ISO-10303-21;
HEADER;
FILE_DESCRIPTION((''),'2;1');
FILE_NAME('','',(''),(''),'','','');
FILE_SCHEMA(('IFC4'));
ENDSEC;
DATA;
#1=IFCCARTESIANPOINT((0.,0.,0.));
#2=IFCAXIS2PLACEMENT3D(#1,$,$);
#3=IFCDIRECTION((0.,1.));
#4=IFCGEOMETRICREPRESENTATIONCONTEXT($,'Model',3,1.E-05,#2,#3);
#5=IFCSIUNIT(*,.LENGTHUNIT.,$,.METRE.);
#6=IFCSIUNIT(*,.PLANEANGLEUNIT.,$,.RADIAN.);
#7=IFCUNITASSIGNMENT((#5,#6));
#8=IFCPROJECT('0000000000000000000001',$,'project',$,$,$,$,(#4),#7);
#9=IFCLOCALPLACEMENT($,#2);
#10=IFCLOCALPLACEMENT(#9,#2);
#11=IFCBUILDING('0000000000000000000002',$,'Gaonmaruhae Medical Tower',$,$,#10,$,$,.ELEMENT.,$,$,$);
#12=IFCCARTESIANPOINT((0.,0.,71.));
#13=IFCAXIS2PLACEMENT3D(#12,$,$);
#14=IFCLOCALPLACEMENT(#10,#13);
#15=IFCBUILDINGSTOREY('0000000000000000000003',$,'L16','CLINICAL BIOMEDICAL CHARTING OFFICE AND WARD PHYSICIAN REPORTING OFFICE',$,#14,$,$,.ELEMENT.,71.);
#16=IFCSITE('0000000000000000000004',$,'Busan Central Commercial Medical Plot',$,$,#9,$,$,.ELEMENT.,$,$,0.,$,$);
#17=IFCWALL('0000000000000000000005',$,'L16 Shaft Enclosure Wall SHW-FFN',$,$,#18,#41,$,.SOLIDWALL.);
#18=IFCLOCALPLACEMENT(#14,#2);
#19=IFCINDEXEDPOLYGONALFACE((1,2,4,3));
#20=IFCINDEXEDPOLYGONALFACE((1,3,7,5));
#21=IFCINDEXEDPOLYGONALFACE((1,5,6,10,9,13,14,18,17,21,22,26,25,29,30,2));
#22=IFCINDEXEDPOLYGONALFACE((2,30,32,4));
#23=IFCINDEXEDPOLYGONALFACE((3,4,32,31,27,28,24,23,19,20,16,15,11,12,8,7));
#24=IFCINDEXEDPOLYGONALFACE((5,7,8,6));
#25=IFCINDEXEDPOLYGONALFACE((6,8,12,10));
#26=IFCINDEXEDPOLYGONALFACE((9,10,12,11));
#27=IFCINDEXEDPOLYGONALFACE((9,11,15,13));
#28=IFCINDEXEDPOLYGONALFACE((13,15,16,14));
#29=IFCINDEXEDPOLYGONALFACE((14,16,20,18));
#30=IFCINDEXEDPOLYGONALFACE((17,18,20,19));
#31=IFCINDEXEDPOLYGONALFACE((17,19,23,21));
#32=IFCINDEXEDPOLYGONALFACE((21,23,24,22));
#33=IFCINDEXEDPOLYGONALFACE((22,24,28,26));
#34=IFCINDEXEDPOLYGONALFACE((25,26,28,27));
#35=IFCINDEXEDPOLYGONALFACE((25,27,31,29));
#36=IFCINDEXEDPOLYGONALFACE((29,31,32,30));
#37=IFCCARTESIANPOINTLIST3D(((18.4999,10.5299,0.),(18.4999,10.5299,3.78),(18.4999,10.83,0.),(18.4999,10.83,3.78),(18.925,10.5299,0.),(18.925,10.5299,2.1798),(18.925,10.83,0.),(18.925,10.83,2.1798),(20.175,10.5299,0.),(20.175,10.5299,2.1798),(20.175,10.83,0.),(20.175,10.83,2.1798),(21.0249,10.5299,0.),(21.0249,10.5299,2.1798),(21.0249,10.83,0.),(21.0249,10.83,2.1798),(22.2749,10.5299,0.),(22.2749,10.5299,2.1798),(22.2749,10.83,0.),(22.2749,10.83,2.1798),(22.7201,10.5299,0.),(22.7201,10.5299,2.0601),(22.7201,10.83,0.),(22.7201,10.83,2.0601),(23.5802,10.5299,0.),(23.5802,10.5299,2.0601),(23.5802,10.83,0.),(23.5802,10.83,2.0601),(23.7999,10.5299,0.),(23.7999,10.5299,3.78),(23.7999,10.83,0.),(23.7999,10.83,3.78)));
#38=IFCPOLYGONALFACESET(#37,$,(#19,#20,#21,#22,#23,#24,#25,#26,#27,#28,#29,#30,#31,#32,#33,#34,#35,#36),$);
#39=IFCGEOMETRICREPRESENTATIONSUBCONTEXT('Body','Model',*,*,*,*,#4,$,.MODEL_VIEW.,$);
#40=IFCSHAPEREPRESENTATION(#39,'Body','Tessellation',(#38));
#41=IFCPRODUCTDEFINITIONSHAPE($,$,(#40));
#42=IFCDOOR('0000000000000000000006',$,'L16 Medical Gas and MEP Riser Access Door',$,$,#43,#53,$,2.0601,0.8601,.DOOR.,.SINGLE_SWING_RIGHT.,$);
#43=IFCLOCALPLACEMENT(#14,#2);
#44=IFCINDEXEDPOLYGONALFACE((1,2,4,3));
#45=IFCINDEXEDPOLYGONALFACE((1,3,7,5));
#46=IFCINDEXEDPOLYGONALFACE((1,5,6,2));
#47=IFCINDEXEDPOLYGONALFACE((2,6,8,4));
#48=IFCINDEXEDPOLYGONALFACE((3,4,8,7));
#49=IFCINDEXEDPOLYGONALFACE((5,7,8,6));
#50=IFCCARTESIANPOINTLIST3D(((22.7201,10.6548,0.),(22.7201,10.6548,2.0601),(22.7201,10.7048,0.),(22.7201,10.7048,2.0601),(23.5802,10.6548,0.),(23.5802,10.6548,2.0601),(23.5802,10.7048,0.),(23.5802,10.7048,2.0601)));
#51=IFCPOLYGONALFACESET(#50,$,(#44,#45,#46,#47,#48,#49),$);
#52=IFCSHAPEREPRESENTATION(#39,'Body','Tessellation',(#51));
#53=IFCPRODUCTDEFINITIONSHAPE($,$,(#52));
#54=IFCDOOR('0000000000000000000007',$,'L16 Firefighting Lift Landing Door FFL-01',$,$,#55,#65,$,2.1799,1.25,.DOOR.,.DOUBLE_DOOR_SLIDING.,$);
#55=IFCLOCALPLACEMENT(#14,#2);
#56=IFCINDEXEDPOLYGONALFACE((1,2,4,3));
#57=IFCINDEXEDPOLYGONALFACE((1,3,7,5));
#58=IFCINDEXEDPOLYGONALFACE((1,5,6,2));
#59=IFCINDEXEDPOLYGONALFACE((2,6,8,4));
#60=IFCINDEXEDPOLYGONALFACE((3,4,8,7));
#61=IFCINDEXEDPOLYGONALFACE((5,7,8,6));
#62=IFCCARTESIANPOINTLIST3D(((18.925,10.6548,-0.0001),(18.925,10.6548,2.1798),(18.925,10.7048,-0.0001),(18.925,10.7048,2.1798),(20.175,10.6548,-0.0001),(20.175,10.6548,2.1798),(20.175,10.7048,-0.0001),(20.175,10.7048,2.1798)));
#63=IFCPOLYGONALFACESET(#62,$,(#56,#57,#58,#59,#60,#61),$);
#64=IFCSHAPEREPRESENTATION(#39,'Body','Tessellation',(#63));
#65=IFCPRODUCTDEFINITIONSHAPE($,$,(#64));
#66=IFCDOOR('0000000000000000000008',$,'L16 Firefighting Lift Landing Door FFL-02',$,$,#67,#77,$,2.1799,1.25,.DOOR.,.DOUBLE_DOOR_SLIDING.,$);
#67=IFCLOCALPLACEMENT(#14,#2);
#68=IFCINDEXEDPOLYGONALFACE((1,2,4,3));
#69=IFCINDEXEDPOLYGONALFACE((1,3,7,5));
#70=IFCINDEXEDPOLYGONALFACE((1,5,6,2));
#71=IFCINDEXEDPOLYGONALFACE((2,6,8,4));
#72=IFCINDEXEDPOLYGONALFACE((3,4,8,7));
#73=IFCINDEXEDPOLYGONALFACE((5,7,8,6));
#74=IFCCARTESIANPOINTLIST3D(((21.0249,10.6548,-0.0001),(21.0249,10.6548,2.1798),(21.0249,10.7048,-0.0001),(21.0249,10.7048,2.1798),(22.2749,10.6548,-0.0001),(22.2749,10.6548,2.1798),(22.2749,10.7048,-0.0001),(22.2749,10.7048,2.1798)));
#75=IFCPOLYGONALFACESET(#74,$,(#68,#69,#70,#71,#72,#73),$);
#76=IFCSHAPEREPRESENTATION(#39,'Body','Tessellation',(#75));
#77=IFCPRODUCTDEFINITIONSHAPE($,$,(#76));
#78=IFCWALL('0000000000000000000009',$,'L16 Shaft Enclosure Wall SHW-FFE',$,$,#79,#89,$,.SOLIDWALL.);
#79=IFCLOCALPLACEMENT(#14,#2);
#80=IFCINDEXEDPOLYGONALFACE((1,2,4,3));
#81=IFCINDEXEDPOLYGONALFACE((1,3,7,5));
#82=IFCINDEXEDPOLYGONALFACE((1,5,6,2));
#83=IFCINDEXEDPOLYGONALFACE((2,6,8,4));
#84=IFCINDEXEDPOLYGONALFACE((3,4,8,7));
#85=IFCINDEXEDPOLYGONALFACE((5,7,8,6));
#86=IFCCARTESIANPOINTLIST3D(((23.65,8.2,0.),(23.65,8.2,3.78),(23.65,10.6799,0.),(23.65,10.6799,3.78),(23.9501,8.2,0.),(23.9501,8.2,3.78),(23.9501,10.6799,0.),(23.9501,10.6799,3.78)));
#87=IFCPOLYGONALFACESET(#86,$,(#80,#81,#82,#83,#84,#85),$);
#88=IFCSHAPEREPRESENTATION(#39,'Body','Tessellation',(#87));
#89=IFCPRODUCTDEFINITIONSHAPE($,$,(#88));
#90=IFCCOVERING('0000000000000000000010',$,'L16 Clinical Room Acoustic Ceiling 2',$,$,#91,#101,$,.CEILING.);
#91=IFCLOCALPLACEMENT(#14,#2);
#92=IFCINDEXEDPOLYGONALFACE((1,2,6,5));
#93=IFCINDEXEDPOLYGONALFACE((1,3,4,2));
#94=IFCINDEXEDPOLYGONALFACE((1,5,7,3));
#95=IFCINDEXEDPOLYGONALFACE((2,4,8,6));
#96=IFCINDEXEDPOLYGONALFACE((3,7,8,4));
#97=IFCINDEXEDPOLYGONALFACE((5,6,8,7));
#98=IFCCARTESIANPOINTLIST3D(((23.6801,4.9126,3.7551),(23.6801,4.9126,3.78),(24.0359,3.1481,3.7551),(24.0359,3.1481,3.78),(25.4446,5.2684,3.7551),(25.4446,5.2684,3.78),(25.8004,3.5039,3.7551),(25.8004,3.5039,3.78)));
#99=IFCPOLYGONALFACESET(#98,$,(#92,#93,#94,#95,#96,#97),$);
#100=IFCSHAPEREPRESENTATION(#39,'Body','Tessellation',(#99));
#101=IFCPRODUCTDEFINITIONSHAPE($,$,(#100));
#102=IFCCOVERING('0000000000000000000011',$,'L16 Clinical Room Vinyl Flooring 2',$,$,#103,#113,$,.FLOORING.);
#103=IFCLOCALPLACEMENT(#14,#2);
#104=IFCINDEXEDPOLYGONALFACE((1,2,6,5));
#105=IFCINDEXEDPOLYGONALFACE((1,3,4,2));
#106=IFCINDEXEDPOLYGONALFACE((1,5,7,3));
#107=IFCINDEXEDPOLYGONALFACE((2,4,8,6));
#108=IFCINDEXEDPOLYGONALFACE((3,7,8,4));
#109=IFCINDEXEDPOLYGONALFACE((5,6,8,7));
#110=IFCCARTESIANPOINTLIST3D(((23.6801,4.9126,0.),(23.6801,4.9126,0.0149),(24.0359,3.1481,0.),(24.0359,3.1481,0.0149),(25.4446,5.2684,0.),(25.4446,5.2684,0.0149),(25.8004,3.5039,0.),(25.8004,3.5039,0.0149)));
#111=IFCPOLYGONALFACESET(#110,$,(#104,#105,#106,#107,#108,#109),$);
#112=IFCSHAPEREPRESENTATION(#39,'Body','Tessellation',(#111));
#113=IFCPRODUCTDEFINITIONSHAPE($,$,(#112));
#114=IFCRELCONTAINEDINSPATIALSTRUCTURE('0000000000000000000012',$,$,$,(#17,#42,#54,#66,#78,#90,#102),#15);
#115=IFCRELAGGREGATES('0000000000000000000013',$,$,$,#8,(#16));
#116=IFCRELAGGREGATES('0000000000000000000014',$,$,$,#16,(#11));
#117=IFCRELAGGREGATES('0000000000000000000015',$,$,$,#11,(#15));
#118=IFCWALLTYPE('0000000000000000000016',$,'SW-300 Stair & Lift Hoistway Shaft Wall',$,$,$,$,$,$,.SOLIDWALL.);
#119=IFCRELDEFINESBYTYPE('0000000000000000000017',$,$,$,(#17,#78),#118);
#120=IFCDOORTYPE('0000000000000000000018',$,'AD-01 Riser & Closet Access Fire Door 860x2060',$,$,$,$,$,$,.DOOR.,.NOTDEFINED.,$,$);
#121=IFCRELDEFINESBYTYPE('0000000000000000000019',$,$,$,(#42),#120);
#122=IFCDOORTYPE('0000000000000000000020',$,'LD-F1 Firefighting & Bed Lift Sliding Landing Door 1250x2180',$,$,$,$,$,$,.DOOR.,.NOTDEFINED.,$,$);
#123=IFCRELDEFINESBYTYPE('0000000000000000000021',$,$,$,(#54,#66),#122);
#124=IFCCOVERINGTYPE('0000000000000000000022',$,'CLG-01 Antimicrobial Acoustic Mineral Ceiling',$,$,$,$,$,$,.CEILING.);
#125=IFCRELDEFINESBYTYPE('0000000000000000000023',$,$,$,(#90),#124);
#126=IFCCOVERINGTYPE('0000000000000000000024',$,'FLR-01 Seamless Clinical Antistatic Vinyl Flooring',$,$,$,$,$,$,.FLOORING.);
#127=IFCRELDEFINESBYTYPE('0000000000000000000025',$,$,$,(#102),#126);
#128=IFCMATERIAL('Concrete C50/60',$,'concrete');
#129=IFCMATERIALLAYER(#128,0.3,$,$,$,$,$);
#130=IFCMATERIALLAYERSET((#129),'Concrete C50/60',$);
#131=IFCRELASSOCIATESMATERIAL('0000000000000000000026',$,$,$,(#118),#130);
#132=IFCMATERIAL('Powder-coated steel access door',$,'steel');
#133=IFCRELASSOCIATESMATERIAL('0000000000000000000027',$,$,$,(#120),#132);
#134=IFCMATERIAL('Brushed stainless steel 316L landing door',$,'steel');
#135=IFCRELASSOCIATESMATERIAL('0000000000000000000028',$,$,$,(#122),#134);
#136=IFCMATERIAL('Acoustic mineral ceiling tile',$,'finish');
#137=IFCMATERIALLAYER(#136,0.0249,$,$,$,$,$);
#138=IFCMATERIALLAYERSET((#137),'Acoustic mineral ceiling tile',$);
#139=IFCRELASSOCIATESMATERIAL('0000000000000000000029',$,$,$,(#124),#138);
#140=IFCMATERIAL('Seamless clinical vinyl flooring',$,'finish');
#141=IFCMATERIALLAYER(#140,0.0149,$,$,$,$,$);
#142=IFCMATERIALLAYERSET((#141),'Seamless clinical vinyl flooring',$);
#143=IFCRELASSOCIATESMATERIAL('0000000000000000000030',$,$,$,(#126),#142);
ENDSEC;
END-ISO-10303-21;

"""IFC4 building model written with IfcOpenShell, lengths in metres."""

from ifc_helpers import new_model, si_unit, direction, frame, frame_2d, origin, origin_2d, place, context, subcontext, project, spatial, rectangle, extrude, material, layer, layer_set, type_object, element, fill, save


model = new_model("IFC4")

# Units and contexts
model_context = context("Model", 3, precision=1e-05, world=origin(), true_north=direction((0.0, 1.0)))
body_context = subcontext(model_context, "Body", "Model", "MODEL_VIEW")
ifc_project = project(units=[si_unit("LENGTHUNIT", "METRE"), si_unit("PLANEANGLEUNIT", "RADIAN")], contexts=[model_context])

# Site, building, storey
site_placement = place(None, origin())
site = spatial("IfcSite", under=ifc_project, at=site_placement, Name="Busan Central Commercial Medical Plot", CompositionType="ELEMENT", RefElevation=0.0)
building_placement = place(site_placement, origin())
building = spatial("IfcBuilding", under=site, at=building_placement, Name="Gaonmaruhae Medical Tower", CompositionType="ELEMENT")
storey_placement = place(building_placement, frame((0.0, 0.0, 71.0)))
storey = spatial("IfcBuildingStorey", under=building, at=storey_placement, Name="L16", Description="CLINICAL BIOMEDICAL CHARTING OFFICE AND WARD PHYSICIAN REPORTING OFFICE", CompositionType="ELEMENT", Elevation=71.0)

# Shared definitions
ifc_material_1 = material(Name="Concrete C50/60", Category="concrete")

# Wall, openings, doors
ifc_layer_1 = layer(ifc_material_1, 0.3)
ifc_layer_set_1 = layer_set([ifc_layer_1], Name="Concrete C50/60")
wall_type_1 = type_object("IfcWallType", Name="SW-300 Stair & Lift Hoistway Shaft Wall", PredefinedType="SOLIDWALL", material=ifc_layer_set_1)
wall_1_placement = place(storey_placement, frame((18.5, 10.6799, 0.0), z_axis=(0.0, 0.0, 1.0), x_axis=(1.0, 0.0, 0.0)))
wall_1 = element("IfcWall", 1, at=wall_1_placement, inside=storey, type_object=wall_type_1, Name="L16 Shaft Enclosure Wall SHW-FFN", PredefinedType="SOLIDWALL", context=body_context, shape_type="SweptSolid", body=[
    extrude(rectangle(XDim=5.3, YDim=0.3, at=frame_2d((2.6499, 0.0))), origin(), (0.0, 0.0, 1.0), 3.78),
])
opening_1_placement = place(wall_1_placement, frame((4.22, 0.0, 0.0)))
opening_1 = element("IfcOpeningElement", 2, at=opening_1_placement, cuts=wall_1, PredefinedType="OPENING", context=body_context, shape_type="SweptSolid", body=[
    extrude(rectangle(XDim=0.8601, YDim=2.0601, at=frame_2d((0.4302, 1.03))), frame((0.0, 0.1602, 0.0), z_axis=(0.0, -1.0, 0.0), x_axis=(1.0, 0.0, 0.0)), (0.0, 0.0, 1.0), 0.3201),
])
opening_2_placement = place(wall_1_placement, frame((0.425, 0.0, 0.0)))
opening_2 = element("IfcOpeningElement", 3, at=opening_2_placement, cuts=wall_1, PredefinedType="OPENING", context=body_context, shape_type="SweptSolid", body=[
    extrude(rectangle(XDim=1.25, YDim=2.1799, at=frame_2d((0.625, 1.0898))), frame((0.0, 0.1602, 0.0), z_axis=(0.0, -1.0, 0.0), x_axis=(1.0, 0.0, 0.0)), (0.0, 0.0, 1.0), 0.3201),
])
opening_3_placement = place(wall_1_placement, frame((2.5249, 0.0, 0.0)))
opening_3 = element("IfcOpeningElement", 4, at=opening_3_placement, cuts=wall_1, PredefinedType="OPENING", context=body_context, shape_type="SweptSolid", body=[
    extrude(rectangle(XDim=1.25, YDim=2.1799, at=frame_2d((0.625, 1.0898))), frame((0.0, 0.1602, 0.0), z_axis=(0.0, -1.0, 0.0), x_axis=(1.0, 0.0, 0.0)), (0.0, 0.0, 1.0), 0.3201),
])
ifc_material_2 = material(Name="Powder-coated steel access door", Category="steel")
door_type_1 = type_object("IfcDoorType", Name="AD-01 Riser & Closet Access Fire Door 860x2060", OperationType="NOTDEFINED", PredefinedType="DOOR", material=ifc_material_2)
door_1_placement = place(opening_1_placement, origin())
door_1 = element("IfcDoor", 5, at=door_1_placement, inside=storey, type_object=door_type_1, Name="L16 Medical Gas and MEP Riser Access Door", OperationType="SINGLE_SWING_RIGHT", OverallHeight=2.0601, OverallWidth=0.8601, PredefinedType="DOOR", context=body_context, shape_type="SweptSolid", body=[
    extrude(rectangle(XDim=0.8601, YDim=2.0601, at=frame_2d((0.4302, 1.03))), frame((0.0, 0.0249, 0.0), z_axis=(0.0, -1.0, 0.0), x_axis=(1.0, 0.0, 0.0)), (0.0, 0.0, 1.0), 0.05),
])
fill(opening_1, door_1)
ifc_material_3 = material(Name="Brushed stainless steel 316L landing door", Category="steel")
door_type_2 = type_object("IfcDoorType", Name="LD-F1 Firefighting & Bed Lift Sliding Landing Door 1250x2180", OperationType="NOTDEFINED", PredefinedType="DOOR", material=ifc_material_3)
door_2_placement = place(opening_2_placement, origin())
door_2 = element("IfcDoor", 6, at=door_2_placement, inside=storey, type_object=door_type_2, Name="L16 Firefighting Lift Landing Door FFL-01", OperationType="DOUBLE_DOOR_SLIDING", OverallHeight=2.1799, OverallWidth=1.25, PredefinedType="DOOR", context=body_context, shape_type="SweptSolid", body=[
    extrude(rectangle(XDim=1.25, YDim=2.1799, at=frame_2d((0.625, 1.0898))), frame((0.0, 0.0249, 0.0), z_axis=(0.0, -1.0, 0.0), x_axis=(1.0, 0.0, 0.0)), (0.0, 0.0, 1.0), 0.05),
])
fill(opening_2, door_2)
door_3_placement = place(opening_3_placement, origin())
door_3 = element("IfcDoor", 7, at=door_3_placement, inside=storey, type_object=door_type_2, Name="L16 Firefighting Lift Landing Door FFL-02", OperationType="DOUBLE_DOOR_SLIDING", OverallHeight=2.1799, OverallWidth=1.25, PredefinedType="DOOR", context=body_context, shape_type="SweptSolid", body=[
    extrude(rectangle(XDim=1.25, YDim=2.1799, at=frame_2d((0.625, 1.0898))), frame((0.0, 0.0249, 0.0), z_axis=(0.0, -1.0, 0.0), x_axis=(1.0, 0.0, 0.0)), (0.0, 0.0, 1.0), 0.05),
])
fill(opening_3, door_3)

# Wall
wall_2_placement = place(storey_placement, frame((23.8, 8.2, 0.0), z_axis=(0.0, 0.0, 1.0), x_axis=(0.0, 1.0, 0.0)))
element("IfcWall", 8, at=wall_2_placement, inside=storey, type_object=wall_type_1, Name="L16 Shaft Enclosure Wall SHW-FFE", PredefinedType="SOLIDWALL", context=body_context, shape_type="SweptSolid", body=[
    extrude(rectangle(XDim=2.48, YDim=0.3, at=frame_2d((1.24, 0.0))), origin(), (0.0, 0.0, 1.0), 3.78),
])

# Coverings
ifc_material_4 = material(Name="Acoustic mineral ceiling tile", Category="finish")
ifc_layer_2 = layer(ifc_material_4, 0.0249)
ifc_layer_set_2 = layer_set([ifc_layer_2], Name="Acoustic mineral ceiling tile")
covering_type_1 = type_object("IfcCoveringType", Name="CLG-01 Antimicrobial Acoustic Mineral Ceiling", PredefinedType="CEILING", material=ifc_layer_set_2)
covering_1_placement = place(storey_placement, frame((24.7402, 4.2083, 3.7551), z_axis=(0.0, 0.0, 1.0), x_axis=(0.980271, 0.197657, 0.0)))
element("IfcCovering", 9, at=covering_1_placement, inside=storey, type_object=covering_type_1, Name="L16 Clinical Room Acoustic Ceiling 2", PredefinedType="CEILING", context=body_context, shape_type="SweptSolid", body=[
    extrude(rectangle(XDim=1.8, YDim=1.8, at=origin_2d()), origin(), (0.0, 0.0, 1.0), 0.0249),
])
ifc_material_5 = material(Name="Seamless clinical vinyl flooring", Category="finish")
ifc_layer_3 = layer(ifc_material_5, 0.0149)
ifc_layer_set_3 = layer_set([ifc_layer_3], Name="Seamless clinical vinyl flooring")
covering_type_2 = type_object("IfcCoveringType", Name="FLR-01 Seamless Clinical Antistatic Vinyl Flooring", PredefinedType="FLOORING", material=ifc_layer_set_3)
covering_2_placement = place(storey_placement, frame((24.7402, 4.2083, 0.0), z_axis=(0.0, 0.0, 1.0), x_axis=(0.980271, 0.197657, 0.0)))
element("IfcCovering", 10, at=covering_2_placement, inside=storey, type_object=covering_type_2, Name="L16 Clinical Room Vinyl Flooring 2", PredefinedType="FLOORING", context=body_context, shape_type="SweptSolid", body=[
    extrude(rectangle(XDim=1.8, YDim=1.8, at=origin_2d()), origin(), (0.0, 0.0, 1.0), 0.0149),
])

save(model, "model.ifc")
